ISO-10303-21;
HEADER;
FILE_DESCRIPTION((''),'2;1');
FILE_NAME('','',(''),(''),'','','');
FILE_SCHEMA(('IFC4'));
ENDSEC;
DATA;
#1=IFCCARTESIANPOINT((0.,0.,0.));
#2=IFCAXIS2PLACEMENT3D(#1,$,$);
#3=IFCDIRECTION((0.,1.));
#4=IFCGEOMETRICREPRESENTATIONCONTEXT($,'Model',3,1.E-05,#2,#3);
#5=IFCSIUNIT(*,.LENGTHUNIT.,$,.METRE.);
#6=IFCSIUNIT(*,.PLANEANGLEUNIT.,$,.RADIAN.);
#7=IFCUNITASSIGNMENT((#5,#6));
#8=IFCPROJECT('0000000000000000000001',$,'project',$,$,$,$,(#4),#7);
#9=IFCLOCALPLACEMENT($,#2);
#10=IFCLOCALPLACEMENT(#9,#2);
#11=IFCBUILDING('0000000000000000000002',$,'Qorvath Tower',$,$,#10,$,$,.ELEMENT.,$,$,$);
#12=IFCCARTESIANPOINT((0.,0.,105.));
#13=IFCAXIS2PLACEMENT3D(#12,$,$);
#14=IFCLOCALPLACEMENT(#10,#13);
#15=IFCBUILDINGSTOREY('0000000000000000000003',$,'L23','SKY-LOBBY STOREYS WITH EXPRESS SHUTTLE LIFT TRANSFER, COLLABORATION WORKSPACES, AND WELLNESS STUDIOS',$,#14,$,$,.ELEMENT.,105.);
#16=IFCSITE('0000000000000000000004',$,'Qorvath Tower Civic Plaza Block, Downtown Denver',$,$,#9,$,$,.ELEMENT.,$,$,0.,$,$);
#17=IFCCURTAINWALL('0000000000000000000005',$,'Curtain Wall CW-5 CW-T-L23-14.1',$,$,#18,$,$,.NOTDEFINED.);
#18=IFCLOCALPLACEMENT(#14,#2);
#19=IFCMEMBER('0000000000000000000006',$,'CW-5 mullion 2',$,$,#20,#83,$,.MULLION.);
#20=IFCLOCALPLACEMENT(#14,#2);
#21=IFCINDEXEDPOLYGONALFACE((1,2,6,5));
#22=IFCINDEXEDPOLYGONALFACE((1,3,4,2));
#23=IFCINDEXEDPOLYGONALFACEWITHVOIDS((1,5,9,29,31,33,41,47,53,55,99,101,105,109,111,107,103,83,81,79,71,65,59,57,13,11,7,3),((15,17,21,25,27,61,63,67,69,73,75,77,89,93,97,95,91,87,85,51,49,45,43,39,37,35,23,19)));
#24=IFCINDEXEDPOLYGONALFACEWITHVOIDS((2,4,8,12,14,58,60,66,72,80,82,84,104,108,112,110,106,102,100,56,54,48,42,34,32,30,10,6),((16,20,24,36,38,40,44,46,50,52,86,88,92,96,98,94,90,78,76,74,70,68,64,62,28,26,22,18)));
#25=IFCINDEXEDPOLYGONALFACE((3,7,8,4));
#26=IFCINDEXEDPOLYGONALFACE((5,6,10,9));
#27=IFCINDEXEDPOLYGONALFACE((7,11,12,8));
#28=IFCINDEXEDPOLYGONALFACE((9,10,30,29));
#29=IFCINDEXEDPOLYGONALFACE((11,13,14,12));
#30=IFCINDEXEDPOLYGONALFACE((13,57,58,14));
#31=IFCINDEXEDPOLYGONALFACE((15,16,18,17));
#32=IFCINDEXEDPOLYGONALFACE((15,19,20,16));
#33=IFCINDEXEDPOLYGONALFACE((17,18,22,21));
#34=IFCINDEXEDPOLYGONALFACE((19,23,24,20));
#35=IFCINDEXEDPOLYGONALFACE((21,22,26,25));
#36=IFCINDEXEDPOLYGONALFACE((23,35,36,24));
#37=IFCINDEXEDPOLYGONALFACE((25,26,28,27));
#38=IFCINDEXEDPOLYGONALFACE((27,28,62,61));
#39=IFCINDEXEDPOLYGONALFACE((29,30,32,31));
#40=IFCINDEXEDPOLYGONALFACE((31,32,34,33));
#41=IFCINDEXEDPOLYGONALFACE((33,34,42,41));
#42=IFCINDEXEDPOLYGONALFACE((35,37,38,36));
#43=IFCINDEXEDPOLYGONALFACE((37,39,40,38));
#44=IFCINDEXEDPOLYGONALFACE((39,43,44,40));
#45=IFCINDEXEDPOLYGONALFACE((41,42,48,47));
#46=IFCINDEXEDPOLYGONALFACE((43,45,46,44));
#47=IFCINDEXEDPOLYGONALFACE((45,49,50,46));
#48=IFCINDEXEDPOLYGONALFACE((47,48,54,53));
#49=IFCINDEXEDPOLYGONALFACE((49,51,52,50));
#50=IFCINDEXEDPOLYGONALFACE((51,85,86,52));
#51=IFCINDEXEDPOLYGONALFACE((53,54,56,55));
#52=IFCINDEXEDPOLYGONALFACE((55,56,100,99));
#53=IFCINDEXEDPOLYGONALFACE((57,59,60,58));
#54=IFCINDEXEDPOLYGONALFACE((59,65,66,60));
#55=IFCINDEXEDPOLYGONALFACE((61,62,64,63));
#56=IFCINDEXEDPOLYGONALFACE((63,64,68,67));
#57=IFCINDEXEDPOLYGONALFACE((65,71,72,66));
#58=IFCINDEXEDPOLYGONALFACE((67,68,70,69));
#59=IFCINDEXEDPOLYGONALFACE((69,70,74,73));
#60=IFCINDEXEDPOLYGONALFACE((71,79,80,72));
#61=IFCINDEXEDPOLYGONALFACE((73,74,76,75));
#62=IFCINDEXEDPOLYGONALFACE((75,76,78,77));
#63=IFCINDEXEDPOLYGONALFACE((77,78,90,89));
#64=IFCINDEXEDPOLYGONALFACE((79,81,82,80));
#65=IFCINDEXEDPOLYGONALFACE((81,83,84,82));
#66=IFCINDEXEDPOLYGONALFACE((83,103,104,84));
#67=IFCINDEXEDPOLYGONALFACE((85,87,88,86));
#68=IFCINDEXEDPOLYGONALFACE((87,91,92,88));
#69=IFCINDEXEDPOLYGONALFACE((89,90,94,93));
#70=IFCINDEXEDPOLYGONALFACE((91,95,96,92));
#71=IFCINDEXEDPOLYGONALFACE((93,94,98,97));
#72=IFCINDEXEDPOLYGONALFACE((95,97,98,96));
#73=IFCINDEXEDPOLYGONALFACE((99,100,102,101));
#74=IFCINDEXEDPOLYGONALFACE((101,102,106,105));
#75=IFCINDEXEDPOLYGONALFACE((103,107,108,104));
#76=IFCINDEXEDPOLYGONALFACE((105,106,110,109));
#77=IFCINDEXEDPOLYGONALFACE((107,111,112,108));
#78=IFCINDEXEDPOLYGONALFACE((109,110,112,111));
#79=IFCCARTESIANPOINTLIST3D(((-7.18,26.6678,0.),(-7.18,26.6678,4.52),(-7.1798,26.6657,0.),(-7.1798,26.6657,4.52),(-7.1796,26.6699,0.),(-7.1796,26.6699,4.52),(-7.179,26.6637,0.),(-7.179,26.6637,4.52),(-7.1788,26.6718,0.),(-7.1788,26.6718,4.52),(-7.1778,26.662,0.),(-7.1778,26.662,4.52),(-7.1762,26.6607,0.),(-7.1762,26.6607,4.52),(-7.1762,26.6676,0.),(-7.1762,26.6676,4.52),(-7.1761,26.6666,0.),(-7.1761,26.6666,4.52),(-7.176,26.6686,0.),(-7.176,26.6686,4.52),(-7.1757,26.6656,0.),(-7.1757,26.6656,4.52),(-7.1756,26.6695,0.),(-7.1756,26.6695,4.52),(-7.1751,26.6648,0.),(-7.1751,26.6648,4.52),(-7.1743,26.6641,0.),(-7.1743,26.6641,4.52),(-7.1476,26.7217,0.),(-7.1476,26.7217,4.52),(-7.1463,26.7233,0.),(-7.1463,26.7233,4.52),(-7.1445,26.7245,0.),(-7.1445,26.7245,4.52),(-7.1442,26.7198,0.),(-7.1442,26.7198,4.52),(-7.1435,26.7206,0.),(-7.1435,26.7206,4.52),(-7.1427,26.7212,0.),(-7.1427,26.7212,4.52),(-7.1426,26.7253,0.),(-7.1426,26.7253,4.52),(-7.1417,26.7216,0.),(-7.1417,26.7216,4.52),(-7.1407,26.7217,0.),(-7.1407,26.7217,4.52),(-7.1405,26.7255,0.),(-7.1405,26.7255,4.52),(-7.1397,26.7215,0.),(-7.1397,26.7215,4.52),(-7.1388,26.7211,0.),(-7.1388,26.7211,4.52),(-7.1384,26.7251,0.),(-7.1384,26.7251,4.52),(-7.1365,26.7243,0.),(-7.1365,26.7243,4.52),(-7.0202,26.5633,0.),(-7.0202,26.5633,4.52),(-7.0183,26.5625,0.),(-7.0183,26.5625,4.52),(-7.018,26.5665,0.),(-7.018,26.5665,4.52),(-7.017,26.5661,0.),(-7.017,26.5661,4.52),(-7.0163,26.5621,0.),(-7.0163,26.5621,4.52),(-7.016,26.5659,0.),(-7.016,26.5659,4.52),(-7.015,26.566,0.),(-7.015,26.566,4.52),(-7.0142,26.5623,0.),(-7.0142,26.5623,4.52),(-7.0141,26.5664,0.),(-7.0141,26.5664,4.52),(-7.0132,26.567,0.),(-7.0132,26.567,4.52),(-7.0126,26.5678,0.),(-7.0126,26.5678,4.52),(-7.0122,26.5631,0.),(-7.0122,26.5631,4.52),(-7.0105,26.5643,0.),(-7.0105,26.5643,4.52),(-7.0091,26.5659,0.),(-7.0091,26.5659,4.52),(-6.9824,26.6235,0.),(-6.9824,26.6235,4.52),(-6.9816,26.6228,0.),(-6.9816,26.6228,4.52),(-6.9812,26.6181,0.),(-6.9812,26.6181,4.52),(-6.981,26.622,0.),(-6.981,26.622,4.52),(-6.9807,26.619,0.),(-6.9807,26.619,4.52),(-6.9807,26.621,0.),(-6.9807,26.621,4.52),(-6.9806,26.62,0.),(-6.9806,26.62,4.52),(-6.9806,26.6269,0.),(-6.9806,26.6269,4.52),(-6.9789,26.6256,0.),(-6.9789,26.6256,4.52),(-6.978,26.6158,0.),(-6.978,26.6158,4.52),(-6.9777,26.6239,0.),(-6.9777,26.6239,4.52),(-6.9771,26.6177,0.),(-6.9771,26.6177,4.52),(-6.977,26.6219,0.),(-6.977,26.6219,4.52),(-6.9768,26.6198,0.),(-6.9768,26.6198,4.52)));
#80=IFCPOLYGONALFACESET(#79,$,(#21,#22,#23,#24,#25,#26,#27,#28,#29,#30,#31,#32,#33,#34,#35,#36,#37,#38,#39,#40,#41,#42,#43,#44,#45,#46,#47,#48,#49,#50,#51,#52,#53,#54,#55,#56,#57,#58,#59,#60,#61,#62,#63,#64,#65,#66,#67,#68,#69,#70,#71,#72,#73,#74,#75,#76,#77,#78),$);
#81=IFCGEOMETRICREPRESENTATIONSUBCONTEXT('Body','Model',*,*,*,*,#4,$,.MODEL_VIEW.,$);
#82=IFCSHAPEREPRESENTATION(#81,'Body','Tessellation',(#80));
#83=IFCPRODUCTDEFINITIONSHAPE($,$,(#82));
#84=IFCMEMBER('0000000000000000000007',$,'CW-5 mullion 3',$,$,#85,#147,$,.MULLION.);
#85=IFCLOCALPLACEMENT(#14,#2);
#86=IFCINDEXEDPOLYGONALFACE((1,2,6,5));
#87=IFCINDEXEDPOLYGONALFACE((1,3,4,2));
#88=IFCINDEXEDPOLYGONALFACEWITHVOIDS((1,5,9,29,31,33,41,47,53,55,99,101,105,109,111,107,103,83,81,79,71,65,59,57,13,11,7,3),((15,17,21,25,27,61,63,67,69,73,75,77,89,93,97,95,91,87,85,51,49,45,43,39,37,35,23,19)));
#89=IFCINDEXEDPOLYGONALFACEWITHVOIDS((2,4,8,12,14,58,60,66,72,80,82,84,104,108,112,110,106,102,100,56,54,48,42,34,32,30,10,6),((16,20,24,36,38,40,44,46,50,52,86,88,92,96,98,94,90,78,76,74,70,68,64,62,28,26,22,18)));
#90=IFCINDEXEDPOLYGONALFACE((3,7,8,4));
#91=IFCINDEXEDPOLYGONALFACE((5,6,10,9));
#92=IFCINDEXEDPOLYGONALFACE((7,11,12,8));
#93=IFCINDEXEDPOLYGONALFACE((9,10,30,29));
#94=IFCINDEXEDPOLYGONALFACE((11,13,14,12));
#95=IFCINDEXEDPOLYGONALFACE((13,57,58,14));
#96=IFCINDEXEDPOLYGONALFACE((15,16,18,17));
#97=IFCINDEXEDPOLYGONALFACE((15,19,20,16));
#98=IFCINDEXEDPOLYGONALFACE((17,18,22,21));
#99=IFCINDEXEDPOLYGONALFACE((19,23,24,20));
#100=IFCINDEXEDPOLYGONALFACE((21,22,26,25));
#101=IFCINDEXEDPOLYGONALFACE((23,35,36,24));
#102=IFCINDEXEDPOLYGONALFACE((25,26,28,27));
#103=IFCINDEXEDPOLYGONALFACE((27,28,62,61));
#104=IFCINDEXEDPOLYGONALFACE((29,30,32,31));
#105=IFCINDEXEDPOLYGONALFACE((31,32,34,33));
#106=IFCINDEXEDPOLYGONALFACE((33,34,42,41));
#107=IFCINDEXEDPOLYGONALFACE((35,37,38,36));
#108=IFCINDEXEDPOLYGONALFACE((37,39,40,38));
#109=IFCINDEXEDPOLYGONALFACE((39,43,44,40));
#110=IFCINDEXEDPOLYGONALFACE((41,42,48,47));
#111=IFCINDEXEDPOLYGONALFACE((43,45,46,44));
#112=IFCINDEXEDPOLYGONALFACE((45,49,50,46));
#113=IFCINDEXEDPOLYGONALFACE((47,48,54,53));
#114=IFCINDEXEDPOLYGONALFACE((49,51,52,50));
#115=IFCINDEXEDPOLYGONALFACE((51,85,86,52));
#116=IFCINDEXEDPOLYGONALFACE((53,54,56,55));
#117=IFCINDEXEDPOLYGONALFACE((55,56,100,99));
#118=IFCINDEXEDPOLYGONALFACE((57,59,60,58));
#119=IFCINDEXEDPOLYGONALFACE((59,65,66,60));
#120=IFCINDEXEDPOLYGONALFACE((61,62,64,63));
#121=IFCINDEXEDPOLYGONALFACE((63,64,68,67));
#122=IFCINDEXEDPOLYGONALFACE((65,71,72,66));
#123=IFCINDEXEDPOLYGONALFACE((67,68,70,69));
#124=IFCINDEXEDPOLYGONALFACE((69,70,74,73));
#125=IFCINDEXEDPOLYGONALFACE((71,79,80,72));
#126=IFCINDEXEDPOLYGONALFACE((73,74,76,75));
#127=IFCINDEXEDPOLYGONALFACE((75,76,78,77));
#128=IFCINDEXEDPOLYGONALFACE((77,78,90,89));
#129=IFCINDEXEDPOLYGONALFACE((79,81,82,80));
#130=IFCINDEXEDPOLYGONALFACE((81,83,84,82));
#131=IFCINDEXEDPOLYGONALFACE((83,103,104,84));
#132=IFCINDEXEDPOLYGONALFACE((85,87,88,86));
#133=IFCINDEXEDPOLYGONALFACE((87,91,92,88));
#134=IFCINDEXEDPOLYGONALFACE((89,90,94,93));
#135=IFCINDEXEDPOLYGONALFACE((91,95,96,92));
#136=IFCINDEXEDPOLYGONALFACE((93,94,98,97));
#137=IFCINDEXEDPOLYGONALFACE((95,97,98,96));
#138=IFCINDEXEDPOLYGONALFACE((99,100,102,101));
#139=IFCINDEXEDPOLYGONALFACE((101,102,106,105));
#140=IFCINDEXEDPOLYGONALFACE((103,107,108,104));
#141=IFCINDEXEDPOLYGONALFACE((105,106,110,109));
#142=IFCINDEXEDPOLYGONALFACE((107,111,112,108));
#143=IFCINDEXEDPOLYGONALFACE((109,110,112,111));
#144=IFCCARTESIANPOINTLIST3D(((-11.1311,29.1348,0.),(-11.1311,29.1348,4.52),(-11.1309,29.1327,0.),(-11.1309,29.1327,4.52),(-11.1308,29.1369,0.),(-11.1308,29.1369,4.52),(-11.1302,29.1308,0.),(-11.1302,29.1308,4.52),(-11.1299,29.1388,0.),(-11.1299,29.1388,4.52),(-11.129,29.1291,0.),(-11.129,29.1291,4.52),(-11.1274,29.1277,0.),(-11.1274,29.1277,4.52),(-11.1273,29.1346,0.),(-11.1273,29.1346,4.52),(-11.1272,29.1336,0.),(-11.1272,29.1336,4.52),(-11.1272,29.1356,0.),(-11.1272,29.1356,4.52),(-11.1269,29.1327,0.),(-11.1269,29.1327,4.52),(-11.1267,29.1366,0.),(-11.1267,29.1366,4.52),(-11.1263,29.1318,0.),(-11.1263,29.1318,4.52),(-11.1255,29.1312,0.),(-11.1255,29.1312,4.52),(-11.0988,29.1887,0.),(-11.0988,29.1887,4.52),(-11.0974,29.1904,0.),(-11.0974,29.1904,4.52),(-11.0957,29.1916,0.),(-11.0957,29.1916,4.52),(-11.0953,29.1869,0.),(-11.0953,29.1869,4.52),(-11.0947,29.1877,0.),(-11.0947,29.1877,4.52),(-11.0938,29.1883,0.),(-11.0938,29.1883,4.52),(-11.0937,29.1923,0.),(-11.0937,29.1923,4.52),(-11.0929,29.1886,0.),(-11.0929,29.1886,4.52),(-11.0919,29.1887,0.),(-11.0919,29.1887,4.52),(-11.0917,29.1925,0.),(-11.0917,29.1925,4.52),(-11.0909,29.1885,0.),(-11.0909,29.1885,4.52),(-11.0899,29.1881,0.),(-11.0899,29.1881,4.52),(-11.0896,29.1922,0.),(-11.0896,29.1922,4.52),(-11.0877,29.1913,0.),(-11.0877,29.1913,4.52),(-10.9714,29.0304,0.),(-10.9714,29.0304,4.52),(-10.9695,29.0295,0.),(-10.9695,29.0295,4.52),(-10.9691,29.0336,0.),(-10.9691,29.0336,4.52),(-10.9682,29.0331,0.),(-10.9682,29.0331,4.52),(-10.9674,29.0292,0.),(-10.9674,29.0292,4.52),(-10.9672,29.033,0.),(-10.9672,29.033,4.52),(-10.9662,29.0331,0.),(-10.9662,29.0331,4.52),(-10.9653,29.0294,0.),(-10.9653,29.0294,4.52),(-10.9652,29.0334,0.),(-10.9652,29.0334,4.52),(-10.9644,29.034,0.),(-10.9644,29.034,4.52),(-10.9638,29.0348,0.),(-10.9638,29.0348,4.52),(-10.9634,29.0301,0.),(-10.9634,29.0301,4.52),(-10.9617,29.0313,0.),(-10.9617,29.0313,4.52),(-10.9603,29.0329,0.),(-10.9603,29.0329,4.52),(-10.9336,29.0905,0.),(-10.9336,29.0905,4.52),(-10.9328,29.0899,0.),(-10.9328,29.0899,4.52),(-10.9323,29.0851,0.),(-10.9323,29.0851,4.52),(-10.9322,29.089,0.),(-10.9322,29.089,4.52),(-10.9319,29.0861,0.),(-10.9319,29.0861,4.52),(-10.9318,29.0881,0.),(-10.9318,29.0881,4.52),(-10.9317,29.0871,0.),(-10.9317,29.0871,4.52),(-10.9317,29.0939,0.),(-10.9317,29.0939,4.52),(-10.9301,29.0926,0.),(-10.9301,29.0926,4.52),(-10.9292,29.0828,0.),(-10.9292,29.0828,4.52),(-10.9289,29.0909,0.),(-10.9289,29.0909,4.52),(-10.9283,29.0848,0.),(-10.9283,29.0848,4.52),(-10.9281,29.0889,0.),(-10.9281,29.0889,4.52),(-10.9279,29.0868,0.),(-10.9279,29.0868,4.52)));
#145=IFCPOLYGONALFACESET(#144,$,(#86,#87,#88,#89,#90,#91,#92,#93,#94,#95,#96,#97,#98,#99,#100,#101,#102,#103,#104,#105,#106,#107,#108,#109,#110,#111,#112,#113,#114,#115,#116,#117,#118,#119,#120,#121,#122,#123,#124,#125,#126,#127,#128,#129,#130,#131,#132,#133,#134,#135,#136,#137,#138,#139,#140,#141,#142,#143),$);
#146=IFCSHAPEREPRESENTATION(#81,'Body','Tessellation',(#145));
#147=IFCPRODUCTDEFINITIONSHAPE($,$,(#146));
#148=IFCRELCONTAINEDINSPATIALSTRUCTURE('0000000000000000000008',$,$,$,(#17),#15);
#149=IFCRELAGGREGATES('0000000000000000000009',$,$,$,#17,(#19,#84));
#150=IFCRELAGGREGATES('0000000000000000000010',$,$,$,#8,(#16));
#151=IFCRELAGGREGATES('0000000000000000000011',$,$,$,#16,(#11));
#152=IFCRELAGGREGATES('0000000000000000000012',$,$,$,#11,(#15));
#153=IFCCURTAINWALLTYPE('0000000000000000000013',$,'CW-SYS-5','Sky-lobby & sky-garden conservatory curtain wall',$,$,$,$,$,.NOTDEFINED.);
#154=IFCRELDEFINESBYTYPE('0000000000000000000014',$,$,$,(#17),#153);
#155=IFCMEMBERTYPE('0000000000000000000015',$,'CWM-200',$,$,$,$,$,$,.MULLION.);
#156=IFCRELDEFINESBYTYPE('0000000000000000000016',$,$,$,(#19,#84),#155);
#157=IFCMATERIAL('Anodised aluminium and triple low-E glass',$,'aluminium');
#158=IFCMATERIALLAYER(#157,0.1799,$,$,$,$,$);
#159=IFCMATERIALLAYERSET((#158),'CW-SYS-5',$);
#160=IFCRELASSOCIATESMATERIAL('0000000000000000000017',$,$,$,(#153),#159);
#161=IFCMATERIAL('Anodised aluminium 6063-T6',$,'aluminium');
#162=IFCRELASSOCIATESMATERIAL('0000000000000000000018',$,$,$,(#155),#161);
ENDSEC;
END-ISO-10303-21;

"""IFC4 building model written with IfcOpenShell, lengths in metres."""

from ifc_helpers import new_model, si_unit, direction, frame, origin, origin_2d, place, context, subcontext, project, spatial, hollow_rectangle, extrude, material, layer, layer_set, material_profile, profile_set, type_object, element, aggregate, save


model = new_model("IFC4")

# Units and contexts
model_context = context("Model", 3, precision=1e-05, world=origin(), true_north=direction((0.0, 1.0)))
body_context = subcontext(model_context, "Body", "Model", "MODEL_VIEW")
ifc_project = project(units=[si_unit("LENGTHUNIT", "METRE"), si_unit("PLANEANGLEUNIT", "RADIAN")], contexts=[model_context])

# Site, building, storey
site_placement = place(None, origin())
site = spatial("IfcSite", under=ifc_project, at=site_placement, Name="Qorvath Tower Civic Plaza Block, Downtown Denver", CompositionType="ELEMENT", RefElevation=0.0)
building_placement = place(site_placement, origin())
building = spatial("IfcBuilding", under=site, at=building_placement, Name="Qorvath Tower", CompositionType="ELEMENT")
storey_placement = place(building_placement, frame((0.0, 0.0, 105.0)))
storey = spatial("IfcBuildingStorey", under=building, at=storey_placement, Name="L23", Description="SKY-LOBBY STOREYS WITH EXPRESS SHUTTLE LIFT TRANSFER, COLLABORATION WORKSPACES, AND WELLNESS STUDIOS", CompositionType="ELEMENT", Elevation=105.0)

# Shared definitions
ifc_material_1 = material(Name="Anodised aluminium and triple low-E glass", Category="aluminium")
ifc_layer_1 = layer(ifc_material_1, 0.1799)
ifc_layer_set_1 = layer_set([ifc_layer_1], Name="CW-SYS-5")
curtain_wall_type = type_object("IfcCurtainWallType", Name="CW-SYS-5", Description="Sky-lobby & sky-garden conservatory curtain wall", PredefinedType="NOTDEFINED", material=ifc_layer_set_1)
ifc_material_2 = material(Name="Anodised aluminium 6063-T6", Category="aluminium")
ifc_material_profile_1 = material_profile(ifc_material_2, hollow_rectangle(XDim=0.075, YDim=0.2, WallThickness=0.0039, InnerFilletRadius=0.0039, OuterFilletRadius=0.0081, at=origin_2d()), Name="CWM 200x75")
ifc_profile_set_1 = profile_set([ifc_material_profile_1], Name="Anodised aluminium 6063-T6")
member_type_1 = type_object("IfcMemberType", Name="CWM-200", PredefinedType="MULLION", material=ifc_profile_set_1)

# Curtain wall, members
curtain_wall_1_placement = place(storey_placement, origin())
curtain_wall_1 = element("IfcCurtainWall", 1, at=curtain_wall_1_placement, inside=storey, type_object=curtain_wall_type, Name="Curtain Wall CW-5 CW-T-L23-14.1", PredefinedType="NOTDEFINED")
member_1_placement = place(storey_placement, frame((-7.0784, 26.6438, 0.0), z_axis=(0.0, 0.0, 1.0), x_axis=(-0.529584, -0.848257, 0.0)))
member_1 = element("IfcMember", 2, at=member_1_placement, type_object=member_type_1, Name="CW-5 mullion 2", PredefinedType="MULLION", context=body_context, shape_type="SweptSolid", body=[
    extrude(hollow_rectangle(XDim=0.075, YDim=0.2, WallThickness=0.0039, InnerFilletRadius=0.0039, OuterFilletRadius=0.0081, at=origin_2d()), origin(), (0.0, 0.0, 1.0), 4.52),
])
member_2_placement = place(storey_placement, frame((-11.0295, 29.1108, 0.0), z_axis=(0.0, 0.0, 1.0), x_axis=(-0.529584, -0.848257, 0.0)))
member_2 = element("IfcMember", 3, at=member_2_placement, type_object=member_type_1, Name="CW-5 mullion 3", PredefinedType="MULLION", context=body_context, shape_type="SweptSolid", body=[
    extrude(hollow_rectangle(XDim=0.075, YDim=0.2, WallThickness=0.0039, InnerFilletRadius=0.0039, OuterFilletRadius=0.0081, at=origin_2d()), origin(), (0.0, 0.0, 1.0), 4.52),
])

aggregate(curtain_wall_1, [member_1, member_2])

save(model, "model.ifc")
